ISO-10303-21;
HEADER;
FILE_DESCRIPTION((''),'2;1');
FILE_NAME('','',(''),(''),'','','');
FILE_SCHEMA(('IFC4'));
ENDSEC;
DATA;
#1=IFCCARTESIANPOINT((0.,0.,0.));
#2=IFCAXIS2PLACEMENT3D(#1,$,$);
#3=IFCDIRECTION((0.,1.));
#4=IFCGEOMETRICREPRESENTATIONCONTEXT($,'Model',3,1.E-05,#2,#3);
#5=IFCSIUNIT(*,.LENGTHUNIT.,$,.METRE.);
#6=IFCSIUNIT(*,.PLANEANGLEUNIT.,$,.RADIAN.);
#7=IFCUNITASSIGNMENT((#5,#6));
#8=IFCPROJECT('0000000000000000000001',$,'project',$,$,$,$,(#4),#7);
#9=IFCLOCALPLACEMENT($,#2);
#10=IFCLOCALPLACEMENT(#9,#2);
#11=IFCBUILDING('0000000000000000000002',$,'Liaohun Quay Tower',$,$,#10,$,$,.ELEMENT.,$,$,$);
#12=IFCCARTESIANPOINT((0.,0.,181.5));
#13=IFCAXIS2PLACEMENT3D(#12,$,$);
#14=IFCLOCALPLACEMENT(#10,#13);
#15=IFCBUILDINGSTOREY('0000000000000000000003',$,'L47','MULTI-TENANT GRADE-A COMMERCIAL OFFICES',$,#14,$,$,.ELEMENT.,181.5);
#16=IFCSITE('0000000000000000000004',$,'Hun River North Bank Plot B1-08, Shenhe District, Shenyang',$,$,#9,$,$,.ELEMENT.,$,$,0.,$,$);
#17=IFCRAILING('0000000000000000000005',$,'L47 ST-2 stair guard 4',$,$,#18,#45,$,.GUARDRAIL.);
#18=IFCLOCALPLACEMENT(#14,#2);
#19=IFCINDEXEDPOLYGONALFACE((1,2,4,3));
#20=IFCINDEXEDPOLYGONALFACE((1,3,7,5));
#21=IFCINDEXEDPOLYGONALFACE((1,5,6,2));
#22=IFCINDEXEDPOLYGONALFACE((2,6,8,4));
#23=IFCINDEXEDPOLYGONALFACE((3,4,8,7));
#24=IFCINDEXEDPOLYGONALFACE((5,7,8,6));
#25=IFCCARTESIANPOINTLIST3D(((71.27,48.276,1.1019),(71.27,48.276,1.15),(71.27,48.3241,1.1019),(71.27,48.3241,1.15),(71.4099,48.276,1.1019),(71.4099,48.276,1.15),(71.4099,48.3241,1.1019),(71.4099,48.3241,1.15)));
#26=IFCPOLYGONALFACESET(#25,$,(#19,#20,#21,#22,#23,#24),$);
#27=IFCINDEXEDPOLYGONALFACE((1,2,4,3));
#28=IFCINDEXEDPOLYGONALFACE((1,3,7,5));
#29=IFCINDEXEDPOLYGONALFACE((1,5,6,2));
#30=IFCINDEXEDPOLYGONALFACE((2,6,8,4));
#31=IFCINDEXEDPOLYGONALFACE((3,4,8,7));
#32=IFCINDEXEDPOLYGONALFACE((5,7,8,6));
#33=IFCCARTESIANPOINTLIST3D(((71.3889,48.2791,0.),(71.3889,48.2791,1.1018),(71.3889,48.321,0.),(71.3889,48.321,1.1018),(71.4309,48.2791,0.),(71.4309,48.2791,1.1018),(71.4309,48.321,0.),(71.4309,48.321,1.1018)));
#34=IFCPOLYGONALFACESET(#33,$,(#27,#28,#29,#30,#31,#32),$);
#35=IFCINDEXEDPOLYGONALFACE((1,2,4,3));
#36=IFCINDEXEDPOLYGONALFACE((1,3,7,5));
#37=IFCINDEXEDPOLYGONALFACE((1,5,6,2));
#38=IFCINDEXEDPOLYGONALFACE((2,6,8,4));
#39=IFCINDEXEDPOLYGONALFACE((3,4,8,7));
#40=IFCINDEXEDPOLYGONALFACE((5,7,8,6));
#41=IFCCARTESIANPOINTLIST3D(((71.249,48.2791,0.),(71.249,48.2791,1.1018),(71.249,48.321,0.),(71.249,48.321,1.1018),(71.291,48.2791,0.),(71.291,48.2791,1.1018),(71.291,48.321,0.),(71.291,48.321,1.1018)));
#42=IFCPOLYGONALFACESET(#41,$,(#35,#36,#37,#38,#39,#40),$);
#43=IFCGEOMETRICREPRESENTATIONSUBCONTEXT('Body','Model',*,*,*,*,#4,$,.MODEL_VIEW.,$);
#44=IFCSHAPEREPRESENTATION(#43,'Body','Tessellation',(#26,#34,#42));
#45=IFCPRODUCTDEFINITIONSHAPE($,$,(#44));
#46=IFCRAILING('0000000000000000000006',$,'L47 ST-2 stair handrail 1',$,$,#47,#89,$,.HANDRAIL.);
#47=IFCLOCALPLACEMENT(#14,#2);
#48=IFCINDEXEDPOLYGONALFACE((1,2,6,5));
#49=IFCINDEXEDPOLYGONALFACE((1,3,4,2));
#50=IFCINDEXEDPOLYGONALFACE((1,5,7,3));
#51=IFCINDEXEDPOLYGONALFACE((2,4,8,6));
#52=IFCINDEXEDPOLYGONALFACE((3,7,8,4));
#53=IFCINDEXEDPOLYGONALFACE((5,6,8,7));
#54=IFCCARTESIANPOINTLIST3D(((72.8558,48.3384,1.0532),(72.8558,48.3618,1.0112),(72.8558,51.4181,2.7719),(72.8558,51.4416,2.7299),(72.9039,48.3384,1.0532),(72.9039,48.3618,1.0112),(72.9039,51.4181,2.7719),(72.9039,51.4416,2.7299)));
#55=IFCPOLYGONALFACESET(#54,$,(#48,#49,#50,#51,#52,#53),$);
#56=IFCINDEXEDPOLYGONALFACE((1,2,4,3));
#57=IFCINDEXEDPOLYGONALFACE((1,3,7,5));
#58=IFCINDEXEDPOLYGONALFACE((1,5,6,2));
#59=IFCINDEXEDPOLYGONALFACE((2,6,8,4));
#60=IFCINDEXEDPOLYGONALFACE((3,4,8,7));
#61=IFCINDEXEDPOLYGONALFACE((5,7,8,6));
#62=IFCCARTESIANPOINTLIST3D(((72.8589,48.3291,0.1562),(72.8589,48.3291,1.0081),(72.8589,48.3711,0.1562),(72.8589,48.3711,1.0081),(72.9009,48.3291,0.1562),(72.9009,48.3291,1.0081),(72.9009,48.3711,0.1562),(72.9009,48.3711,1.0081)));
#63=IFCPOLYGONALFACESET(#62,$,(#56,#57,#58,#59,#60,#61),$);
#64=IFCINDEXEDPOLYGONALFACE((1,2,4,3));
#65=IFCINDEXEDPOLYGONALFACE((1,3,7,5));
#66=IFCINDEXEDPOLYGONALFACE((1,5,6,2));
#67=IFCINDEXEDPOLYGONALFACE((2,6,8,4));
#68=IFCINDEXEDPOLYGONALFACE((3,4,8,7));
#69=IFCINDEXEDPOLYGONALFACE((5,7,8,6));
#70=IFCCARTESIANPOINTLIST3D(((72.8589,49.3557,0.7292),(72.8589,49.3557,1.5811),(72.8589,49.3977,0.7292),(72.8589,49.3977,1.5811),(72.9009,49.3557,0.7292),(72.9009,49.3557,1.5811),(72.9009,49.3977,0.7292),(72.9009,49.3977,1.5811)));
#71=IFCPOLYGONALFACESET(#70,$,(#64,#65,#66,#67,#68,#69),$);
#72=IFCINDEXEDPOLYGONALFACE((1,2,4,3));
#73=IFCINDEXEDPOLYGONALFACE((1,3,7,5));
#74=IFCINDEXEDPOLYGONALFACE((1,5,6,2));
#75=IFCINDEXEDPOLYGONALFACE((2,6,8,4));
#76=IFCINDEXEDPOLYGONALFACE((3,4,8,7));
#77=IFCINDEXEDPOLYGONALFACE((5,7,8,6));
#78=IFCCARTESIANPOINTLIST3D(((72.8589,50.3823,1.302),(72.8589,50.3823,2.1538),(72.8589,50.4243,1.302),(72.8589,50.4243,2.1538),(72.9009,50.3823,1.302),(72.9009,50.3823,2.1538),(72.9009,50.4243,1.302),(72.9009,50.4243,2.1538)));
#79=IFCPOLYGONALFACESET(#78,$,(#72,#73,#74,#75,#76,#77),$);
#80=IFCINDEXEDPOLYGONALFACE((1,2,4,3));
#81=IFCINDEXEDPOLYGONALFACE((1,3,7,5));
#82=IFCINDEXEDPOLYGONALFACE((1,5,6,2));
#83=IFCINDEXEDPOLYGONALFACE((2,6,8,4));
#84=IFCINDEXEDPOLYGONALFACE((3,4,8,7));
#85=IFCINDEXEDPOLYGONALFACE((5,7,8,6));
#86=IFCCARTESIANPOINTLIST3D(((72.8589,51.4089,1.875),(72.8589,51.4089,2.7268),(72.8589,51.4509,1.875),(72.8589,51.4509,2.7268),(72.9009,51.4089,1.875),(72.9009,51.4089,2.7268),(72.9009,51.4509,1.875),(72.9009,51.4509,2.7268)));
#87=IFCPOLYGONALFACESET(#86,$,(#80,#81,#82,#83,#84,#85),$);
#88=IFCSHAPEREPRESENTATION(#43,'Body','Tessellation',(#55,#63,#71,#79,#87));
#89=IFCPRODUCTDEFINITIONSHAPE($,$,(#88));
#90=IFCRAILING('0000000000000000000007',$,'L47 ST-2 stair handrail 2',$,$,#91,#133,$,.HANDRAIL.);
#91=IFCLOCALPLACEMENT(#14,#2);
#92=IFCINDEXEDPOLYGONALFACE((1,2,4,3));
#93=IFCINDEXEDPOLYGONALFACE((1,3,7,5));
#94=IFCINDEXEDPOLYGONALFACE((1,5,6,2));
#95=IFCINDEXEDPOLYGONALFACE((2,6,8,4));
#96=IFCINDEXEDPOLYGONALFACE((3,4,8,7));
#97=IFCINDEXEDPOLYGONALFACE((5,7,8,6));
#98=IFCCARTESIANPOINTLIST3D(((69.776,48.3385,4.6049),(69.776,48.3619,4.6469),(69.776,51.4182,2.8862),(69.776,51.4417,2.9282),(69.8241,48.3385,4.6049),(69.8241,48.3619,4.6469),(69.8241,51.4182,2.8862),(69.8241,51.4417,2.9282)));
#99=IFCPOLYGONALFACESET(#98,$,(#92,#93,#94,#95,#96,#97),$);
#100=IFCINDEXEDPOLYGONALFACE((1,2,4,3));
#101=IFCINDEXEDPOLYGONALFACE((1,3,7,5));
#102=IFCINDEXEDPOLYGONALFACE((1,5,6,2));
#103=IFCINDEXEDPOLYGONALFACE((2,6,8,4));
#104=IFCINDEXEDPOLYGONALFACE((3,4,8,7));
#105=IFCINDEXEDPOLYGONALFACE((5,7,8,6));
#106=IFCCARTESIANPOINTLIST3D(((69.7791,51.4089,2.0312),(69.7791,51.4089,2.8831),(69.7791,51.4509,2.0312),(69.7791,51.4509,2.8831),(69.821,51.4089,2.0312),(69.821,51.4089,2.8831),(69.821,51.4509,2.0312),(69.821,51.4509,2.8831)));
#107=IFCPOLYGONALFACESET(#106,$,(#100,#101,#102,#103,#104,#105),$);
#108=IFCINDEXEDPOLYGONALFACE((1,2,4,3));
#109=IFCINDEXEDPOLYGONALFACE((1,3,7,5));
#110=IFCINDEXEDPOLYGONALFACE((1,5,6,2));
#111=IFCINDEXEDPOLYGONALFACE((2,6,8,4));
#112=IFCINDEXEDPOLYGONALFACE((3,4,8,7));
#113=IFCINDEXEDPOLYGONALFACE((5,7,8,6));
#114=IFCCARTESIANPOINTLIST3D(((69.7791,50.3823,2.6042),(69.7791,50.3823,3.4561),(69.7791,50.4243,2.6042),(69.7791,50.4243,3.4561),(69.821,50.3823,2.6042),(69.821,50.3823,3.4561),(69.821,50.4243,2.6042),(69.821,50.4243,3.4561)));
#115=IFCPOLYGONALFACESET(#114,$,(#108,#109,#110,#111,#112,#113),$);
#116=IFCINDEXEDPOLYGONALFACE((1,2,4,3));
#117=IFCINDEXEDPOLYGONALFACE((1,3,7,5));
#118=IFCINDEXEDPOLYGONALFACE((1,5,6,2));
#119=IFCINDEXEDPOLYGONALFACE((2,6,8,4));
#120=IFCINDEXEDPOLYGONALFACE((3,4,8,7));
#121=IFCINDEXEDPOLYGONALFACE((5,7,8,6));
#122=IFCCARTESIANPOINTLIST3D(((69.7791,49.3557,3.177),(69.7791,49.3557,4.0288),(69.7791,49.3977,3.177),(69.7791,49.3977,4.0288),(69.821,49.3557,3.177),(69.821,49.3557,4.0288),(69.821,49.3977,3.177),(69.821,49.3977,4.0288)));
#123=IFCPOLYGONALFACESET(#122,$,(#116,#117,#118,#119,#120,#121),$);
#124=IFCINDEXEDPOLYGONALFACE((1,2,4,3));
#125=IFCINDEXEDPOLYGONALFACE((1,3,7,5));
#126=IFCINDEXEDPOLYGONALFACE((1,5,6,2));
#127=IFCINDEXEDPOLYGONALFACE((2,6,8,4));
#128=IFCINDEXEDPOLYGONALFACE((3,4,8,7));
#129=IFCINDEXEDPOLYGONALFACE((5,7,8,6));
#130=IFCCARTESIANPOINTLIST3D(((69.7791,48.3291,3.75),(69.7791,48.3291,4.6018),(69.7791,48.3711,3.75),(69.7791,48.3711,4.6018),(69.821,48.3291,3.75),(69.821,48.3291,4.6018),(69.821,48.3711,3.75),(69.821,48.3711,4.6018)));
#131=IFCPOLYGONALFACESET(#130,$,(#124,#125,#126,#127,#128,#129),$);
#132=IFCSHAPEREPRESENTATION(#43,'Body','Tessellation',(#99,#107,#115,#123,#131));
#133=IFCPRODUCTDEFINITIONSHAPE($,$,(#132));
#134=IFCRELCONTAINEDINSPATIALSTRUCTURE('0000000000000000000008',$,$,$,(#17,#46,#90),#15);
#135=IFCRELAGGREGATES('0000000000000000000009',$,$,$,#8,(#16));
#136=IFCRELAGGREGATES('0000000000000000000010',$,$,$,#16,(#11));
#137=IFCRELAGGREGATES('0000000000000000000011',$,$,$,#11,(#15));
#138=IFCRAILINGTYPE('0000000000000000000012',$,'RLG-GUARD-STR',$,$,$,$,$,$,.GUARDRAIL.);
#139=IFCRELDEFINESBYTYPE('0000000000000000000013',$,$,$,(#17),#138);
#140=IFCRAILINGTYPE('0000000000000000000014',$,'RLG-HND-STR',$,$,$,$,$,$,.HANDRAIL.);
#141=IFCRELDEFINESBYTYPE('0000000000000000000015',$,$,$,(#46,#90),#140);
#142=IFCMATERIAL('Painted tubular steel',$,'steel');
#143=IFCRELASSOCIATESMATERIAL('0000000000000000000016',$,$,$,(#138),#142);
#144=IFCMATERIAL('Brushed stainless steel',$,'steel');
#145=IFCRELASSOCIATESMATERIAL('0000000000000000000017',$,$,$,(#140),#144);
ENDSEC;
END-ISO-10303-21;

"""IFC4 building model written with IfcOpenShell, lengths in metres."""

from ifc_helpers import new_model, si_unit, direction, frame, origin, origin_2d, place, context, subcontext, project, spatial, rectangle, extrude, material, type_object, element, save


model = new_model("IFC4")

# Units and contexts
model_context = context("Model", 3, precision=1e-05, world=origin(), true_north=direction((0.0, 1.0)))
body_context = subcontext(model_context, "Body", "Model", "MODEL_VIEW")
ifc_project = project(units=[si_unit("LENGTHUNIT", "METRE"), si_unit("PLANEANGLEUNIT", "RADIAN")], contexts=[model_context])

# Site, building, storey
site_placement = place(None, origin())
site = spatial("IfcSite", under=ifc_project, at=site_placement, Name="Hun River North Bank Plot B1-08, Shenhe District, Shenyang", CompositionType="ELEMENT", RefElevation=0.0)
building_placement = place(site_placement, origin())
building = spatial("IfcBuilding", under=site, at=building_placement, Name="Liaohun Quay Tower", CompositionType="ELEMENT")
storey_placement = place(building_placement, frame((0.0, 0.0, 181.5)))
storey = spatial("IfcBuildingStorey", under=building, at=storey_placement, Name="L47", Description="MULTI-TENANT GRADE-A COMMERCIAL OFFICES", CompositionType="ELEMENT", Elevation=181.5)

# Railings
ifc_material_1 = material(Name="Painted tubular steel", Category="steel")
railing_type_1 = type_object("IfcRailingType", Name="RLG-GUARD-STR", PredefinedType="GUARDRAIL", material=ifc_material_1)
railing_1_placement = place(storey_placement, frame((71.4099, 48.3, 0.0)))
element("IfcRailing", 1, at=railing_1_placement, inside=storey, type_object=railing_type_1, Name="L47 ST-2 stair guard 4", PredefinedType="GUARDRAIL", context=body_context, shape_type="SweptSolid", body=[
    extrude(rectangle(XDim=0.0481, YDim=0.0481, at=origin_2d()), frame((0.0, 0.0, 1.126), z_axis=(-1.0, 0.0, 0.0), x_axis=(0.0, -1.0, 0.0)), (0.0, 0.0, 1.0), 0.1399),
    extrude(rectangle(XDim=0.042, YDim=0.042, at=origin_2d()), origin(), (0.0, 0.0, 1.0), 1.1018),
    extrude(rectangle(XDim=0.042, YDim=0.042, at=origin_2d()), frame((-0.1399, 0.0, 0.0)), (0.0, 0.0, 1.0), 1.1018),
])
ifc_material_2 = material(Name="Brushed stainless steel", Category="steel")
railing_type_2 = type_object("IfcRailingType", Name="RLG-HND-STR", PredefinedType="HANDRAIL", material=ifc_material_2)
railing_2_placement = place(storey_placement, frame((72.8799, 48.3501, 0.1562)))
element("IfcRailing", 2, at=railing_2_placement, inside=storey, type_object=railing_type_2, Name="L47 ST-2 stair handrail 1", PredefinedType="HANDRAIL", context=body_context, shape_type="SweptSolid", body=[
    extrude(rectangle(XDim=0.0481, YDim=0.0481, at=origin_2d()), frame((0.0, 0.0, 0.876), z_axis=(0.0, 0.873225, 0.487317), x_axis=(-1.0, 0.0, 0.0)), (0.0, 0.0, 1.0), 3.5269),
    extrude(rectangle(XDim=0.042, YDim=0.042, at=origin_2d()), origin(), (0.0, 0.0, 1.0), 0.8518),
    extrude(rectangle(XDim=0.042, YDim=0.042, at=origin_2d()), frame((0.0, 1.0266, 0.573)), (0.0, 0.0, 1.0), 0.8518),
    extrude(rectangle(XDim=0.042, YDim=0.042, at=origin_2d()), frame((0.0, 2.0532, 1.1458)), (0.0, 0.0, 1.0), 0.8518),
    extrude(rectangle(XDim=0.042, YDim=0.042, at=origin_2d()), frame((0.0, 3.0798, 1.7188)), (0.0, 0.0, 1.0), 0.8518),
])
railing_3_placement = place(storey_placement, frame((69.8, 51.4299, 2.0312)))
element("IfcRailing", 3, at=railing_3_placement, inside=storey, type_object=railing_type_2, Name="L47 ST-2 stair handrail 2", PredefinedType="HANDRAIL", context=body_context, shape_type="SweptSolid", body=[
    extrude(rectangle(XDim=0.0481, YDim=0.0481, at=origin_2d()), frame((0.0, 0.0, 0.876), z_axis=(0.0, -0.873225, 0.487317), x_axis=(1.0, 0.0, 0.0)), (0.0, 0.0, 1.0), 3.5269),
    extrude(rectangle(XDim=0.042, YDim=0.042, at=origin_2d()), origin(), (0.0, 0.0, 1.0), 0.8518),
    extrude(rectangle(XDim=0.042, YDim=0.042, at=origin_2d()), frame((0.0, -1.0266, 0.573)), (0.0, 0.0, 1.0), 0.8518),
    extrude(rectangle(XDim=0.042, YDim=0.042, at=origin_2d()), frame((0.0, -2.0532, 1.1458)), (0.0, 0.0, 1.0), 0.8518),
    extrude(rectangle(XDim=0.042, YDim=0.042, at=origin_2d()), frame((0.0, -3.0798, 1.7188)), (0.0, 0.0, 1.0), 0.8518),
])

save(model, "model.ifc")
